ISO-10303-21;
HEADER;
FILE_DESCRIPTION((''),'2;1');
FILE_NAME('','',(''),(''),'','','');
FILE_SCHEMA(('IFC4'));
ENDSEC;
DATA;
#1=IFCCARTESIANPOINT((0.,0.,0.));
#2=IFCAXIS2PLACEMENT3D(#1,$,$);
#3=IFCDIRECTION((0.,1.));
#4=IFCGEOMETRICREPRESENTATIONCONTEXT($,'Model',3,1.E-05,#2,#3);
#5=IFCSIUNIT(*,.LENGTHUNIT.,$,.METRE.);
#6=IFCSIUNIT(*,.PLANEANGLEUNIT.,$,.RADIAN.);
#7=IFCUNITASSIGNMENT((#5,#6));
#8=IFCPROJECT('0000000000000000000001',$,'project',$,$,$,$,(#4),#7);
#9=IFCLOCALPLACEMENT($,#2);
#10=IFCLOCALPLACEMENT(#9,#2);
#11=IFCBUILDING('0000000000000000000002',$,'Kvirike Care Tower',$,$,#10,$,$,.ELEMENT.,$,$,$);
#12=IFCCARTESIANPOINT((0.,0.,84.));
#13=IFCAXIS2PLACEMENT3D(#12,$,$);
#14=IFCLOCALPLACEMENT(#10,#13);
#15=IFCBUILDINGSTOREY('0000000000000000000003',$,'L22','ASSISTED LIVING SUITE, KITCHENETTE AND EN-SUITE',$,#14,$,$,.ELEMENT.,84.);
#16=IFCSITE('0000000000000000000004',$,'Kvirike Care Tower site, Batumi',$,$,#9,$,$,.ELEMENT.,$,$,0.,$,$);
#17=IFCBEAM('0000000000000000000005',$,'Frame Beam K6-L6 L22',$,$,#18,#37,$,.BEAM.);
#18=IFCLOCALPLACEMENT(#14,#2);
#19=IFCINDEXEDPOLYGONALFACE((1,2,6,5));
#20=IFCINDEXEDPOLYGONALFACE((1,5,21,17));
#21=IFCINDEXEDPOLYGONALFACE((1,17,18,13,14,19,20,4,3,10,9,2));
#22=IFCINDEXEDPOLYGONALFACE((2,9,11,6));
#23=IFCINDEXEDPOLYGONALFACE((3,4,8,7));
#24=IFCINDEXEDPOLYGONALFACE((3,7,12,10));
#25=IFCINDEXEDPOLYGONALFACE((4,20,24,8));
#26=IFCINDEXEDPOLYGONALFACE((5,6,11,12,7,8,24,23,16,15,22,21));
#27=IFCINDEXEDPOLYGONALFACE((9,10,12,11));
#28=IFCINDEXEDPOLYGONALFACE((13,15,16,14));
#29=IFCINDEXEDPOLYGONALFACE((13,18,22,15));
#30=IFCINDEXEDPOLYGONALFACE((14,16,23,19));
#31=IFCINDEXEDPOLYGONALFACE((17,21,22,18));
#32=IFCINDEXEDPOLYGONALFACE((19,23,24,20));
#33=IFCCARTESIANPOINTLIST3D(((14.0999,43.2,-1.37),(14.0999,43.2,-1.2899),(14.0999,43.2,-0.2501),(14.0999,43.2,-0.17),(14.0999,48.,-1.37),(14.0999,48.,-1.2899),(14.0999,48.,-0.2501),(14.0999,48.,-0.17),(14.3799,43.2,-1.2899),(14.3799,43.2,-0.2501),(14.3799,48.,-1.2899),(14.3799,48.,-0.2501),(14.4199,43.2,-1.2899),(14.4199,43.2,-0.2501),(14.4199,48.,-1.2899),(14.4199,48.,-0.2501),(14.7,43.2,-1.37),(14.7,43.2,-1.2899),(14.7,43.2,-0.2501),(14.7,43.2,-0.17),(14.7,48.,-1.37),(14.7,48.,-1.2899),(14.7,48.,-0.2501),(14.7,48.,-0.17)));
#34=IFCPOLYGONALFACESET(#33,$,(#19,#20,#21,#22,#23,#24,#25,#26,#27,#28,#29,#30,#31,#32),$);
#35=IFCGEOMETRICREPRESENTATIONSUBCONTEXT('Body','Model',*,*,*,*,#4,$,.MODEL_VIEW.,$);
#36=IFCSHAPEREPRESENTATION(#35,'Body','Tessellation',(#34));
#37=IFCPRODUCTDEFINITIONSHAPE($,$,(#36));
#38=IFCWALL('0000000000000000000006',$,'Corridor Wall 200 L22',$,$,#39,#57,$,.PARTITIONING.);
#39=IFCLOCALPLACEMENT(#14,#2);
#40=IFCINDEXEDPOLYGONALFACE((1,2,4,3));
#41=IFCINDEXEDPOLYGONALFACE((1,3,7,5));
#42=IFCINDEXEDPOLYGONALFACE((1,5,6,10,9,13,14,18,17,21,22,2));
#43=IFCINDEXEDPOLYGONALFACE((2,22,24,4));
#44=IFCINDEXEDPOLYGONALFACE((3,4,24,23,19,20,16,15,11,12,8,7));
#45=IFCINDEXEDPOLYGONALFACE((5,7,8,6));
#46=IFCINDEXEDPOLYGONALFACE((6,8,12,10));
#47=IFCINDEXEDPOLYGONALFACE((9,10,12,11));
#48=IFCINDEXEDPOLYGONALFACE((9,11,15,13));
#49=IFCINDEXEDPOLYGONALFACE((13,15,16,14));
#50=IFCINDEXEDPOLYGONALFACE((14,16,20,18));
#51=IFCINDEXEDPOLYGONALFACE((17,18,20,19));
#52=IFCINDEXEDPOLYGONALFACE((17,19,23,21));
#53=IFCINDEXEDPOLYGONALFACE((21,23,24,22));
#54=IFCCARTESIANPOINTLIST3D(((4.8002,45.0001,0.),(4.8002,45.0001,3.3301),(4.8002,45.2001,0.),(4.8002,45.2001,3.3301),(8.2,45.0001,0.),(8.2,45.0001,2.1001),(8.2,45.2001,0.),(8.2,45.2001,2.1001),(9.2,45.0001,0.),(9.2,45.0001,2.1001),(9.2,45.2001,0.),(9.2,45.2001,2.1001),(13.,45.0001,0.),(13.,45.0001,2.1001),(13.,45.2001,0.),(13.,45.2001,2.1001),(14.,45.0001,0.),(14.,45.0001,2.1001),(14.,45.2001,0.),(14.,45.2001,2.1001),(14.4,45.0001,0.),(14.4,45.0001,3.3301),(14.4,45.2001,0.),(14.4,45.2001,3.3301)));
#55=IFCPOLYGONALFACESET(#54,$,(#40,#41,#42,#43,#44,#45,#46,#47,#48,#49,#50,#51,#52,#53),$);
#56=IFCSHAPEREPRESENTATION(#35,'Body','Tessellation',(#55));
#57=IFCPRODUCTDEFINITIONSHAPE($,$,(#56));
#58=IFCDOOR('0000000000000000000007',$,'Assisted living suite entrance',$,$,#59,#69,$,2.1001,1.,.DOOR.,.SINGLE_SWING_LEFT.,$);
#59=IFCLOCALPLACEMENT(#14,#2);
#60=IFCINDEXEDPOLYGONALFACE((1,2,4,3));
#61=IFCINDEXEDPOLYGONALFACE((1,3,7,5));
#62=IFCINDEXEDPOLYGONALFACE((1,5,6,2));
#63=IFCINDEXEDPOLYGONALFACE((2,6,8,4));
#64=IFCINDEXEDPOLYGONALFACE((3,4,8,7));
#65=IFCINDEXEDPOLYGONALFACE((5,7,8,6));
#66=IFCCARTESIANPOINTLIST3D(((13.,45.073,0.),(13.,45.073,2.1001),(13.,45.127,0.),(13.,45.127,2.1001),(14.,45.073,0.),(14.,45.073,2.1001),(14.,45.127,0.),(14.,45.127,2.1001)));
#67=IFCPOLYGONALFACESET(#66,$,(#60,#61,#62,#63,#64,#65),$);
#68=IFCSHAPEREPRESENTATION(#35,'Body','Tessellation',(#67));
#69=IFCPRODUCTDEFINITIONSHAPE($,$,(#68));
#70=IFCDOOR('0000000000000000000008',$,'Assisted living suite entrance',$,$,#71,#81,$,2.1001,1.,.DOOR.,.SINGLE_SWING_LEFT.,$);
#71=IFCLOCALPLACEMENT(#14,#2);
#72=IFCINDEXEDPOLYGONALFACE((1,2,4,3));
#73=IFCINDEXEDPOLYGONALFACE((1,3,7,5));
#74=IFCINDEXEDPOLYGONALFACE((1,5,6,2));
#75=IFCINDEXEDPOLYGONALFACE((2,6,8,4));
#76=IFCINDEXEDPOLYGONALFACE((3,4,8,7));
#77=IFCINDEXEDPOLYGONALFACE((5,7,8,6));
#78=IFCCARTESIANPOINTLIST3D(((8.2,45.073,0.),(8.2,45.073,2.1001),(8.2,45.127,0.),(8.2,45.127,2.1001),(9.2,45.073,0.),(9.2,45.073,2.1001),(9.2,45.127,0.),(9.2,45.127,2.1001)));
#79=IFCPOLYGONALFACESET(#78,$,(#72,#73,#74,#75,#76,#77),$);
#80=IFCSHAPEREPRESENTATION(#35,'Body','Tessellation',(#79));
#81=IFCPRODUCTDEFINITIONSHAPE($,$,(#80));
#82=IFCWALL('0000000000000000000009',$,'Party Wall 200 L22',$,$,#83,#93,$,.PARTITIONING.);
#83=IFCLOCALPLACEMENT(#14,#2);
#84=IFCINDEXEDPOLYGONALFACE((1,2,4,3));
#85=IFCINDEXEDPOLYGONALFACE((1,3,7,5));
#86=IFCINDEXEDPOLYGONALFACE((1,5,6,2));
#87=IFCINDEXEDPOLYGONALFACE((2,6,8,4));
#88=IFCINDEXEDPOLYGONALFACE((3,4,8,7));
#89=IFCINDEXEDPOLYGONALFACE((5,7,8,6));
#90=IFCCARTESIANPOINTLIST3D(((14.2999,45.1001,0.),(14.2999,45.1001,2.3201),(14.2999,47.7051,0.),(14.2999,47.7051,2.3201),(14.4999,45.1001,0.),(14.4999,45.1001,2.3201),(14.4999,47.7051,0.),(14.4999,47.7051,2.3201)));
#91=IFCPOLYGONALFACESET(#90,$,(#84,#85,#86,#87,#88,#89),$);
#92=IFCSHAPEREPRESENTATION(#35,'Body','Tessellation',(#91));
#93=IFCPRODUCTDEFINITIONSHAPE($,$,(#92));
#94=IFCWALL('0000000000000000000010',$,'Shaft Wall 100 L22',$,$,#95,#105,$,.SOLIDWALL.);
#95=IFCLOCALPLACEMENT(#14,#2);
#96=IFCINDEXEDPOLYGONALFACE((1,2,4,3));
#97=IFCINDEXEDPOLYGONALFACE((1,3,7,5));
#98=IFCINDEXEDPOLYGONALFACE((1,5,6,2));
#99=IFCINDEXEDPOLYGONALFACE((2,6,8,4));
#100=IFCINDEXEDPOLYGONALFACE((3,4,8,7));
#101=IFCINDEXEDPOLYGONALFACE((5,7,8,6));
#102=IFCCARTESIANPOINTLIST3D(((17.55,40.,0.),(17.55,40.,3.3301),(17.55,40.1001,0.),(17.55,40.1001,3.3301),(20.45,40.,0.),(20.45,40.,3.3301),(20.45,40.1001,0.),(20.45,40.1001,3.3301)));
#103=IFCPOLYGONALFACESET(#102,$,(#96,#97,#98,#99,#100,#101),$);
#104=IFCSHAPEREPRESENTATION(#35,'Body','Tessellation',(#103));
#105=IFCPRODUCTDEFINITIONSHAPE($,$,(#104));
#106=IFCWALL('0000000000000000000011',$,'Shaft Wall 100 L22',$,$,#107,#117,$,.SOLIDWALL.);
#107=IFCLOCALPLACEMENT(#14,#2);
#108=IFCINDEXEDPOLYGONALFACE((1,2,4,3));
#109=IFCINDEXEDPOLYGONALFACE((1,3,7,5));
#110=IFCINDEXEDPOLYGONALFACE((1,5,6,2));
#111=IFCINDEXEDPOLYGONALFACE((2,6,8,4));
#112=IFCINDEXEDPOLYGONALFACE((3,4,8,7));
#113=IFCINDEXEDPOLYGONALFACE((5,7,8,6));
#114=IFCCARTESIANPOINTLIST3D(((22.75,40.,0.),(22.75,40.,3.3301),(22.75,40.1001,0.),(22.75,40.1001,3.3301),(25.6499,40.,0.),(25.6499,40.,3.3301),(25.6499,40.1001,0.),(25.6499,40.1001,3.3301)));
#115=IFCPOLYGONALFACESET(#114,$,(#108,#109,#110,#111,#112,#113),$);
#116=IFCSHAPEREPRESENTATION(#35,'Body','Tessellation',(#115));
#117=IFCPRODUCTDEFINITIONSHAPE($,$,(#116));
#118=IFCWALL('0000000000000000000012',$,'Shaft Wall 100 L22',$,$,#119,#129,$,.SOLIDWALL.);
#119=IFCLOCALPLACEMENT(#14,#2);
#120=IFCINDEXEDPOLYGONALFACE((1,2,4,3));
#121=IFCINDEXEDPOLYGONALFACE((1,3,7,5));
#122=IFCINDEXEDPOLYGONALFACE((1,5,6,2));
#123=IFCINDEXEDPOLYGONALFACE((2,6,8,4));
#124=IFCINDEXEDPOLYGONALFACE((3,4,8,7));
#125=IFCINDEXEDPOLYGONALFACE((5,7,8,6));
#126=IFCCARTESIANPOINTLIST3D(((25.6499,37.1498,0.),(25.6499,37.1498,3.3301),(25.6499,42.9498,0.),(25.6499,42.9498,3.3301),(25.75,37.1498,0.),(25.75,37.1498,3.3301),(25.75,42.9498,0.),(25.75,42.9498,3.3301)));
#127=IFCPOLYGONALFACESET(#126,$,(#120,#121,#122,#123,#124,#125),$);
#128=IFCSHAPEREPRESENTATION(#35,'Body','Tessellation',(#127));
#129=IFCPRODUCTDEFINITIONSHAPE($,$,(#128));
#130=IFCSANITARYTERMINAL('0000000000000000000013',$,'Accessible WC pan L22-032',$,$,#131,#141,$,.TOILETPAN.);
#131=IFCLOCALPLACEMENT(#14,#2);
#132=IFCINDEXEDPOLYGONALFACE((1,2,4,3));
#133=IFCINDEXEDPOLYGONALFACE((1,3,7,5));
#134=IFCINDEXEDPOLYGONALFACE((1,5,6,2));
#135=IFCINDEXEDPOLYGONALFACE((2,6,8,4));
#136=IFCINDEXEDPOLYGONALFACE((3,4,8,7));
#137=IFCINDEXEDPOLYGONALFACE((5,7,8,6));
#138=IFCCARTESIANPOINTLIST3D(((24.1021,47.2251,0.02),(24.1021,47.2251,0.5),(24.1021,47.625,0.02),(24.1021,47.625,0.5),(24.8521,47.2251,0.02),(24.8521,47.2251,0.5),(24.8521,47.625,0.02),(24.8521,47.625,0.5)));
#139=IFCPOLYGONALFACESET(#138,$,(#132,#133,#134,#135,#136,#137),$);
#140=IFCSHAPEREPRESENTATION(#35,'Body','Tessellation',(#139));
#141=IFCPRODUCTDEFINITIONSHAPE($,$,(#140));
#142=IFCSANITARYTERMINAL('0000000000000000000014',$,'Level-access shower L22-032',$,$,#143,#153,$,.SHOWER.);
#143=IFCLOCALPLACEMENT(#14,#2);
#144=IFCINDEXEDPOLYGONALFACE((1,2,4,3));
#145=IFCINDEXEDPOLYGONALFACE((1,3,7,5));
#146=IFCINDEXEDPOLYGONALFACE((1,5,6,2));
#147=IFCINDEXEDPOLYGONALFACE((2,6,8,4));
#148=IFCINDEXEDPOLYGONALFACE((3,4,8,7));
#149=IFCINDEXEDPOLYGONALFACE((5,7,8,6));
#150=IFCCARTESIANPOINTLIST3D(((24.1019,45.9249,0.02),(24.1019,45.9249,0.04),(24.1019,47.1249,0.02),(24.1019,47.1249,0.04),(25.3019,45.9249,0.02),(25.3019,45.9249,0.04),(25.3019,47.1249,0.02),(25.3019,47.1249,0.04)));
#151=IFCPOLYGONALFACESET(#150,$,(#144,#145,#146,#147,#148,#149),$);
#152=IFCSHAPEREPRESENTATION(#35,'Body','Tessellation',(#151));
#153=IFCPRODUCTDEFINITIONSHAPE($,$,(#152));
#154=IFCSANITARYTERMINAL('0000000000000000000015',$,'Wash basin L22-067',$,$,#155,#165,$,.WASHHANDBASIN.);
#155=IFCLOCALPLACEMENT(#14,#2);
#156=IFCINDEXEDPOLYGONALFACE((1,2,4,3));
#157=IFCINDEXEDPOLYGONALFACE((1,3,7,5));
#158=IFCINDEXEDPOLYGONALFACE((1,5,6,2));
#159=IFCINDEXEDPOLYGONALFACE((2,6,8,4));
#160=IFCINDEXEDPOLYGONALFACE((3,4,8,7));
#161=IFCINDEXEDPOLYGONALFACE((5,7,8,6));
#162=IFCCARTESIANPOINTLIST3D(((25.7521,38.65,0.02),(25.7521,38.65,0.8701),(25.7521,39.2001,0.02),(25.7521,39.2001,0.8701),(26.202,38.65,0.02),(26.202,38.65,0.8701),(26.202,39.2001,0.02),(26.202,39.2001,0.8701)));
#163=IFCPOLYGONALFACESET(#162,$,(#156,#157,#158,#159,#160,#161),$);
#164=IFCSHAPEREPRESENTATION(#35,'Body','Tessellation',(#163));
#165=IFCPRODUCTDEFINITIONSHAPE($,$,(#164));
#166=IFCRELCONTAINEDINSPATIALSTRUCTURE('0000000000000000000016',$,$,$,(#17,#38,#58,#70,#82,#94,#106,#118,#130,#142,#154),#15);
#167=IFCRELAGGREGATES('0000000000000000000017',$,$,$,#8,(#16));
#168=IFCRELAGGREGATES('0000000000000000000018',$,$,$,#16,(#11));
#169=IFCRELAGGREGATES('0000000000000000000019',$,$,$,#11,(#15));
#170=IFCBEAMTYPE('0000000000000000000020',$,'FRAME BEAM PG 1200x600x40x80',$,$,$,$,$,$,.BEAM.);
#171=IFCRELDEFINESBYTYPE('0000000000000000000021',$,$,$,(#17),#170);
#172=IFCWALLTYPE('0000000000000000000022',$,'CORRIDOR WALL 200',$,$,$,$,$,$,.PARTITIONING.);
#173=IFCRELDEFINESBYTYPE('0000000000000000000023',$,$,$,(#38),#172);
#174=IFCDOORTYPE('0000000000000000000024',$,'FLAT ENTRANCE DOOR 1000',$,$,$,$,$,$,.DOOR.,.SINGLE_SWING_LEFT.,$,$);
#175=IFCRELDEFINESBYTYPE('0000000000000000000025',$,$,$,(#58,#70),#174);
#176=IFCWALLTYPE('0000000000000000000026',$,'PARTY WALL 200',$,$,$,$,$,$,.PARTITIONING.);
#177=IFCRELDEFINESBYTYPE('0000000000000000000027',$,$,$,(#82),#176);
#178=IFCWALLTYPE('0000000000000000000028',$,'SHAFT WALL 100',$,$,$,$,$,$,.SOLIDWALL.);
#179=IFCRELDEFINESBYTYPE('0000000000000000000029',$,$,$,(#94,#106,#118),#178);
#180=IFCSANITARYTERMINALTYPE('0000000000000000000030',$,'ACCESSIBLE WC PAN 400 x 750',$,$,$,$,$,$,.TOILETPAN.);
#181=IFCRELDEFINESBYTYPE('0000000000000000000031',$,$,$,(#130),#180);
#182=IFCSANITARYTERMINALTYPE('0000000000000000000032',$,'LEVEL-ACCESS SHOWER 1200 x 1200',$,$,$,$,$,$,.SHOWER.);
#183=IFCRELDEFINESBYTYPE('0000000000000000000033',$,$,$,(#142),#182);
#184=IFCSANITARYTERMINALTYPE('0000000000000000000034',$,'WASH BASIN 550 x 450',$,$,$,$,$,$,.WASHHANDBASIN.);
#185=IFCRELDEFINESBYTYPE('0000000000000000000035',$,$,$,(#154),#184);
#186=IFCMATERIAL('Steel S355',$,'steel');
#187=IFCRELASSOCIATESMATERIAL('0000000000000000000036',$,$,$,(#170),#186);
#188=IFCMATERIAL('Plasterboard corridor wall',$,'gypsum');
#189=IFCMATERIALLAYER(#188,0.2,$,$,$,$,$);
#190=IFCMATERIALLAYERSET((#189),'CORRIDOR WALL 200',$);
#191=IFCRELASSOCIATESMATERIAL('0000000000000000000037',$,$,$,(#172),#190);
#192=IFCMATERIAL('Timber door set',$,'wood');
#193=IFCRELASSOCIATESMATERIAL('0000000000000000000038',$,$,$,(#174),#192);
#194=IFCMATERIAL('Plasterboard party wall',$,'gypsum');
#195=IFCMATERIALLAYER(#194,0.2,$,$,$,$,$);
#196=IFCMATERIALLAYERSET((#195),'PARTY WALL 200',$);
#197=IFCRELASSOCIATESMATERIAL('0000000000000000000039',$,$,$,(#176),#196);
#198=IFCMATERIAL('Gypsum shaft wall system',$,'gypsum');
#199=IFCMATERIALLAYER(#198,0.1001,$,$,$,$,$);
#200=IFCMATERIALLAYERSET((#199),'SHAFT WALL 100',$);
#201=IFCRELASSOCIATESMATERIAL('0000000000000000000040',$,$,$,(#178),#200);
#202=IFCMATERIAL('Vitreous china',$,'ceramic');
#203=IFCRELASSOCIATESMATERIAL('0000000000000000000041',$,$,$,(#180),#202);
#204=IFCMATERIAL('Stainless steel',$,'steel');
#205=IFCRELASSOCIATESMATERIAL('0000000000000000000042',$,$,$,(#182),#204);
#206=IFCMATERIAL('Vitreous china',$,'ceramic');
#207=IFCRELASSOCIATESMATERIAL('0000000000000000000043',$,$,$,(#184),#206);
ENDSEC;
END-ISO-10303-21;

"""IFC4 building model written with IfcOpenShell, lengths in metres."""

from ifc_helpers import new_model, si_unit, direction, frame, frame_2d, origin, origin_2d, place, context, subcontext, project, spatial, rectangle, i_section, extrude, material, layer, layer_set, material_profile, profile_set, type_object, element, fill, save


model = new_model("IFC4")

# Units and contexts
model_context = context("Model", 3, precision=1e-05, world=origin(), true_north=direction((0.0, 1.0)))
body_context = subcontext(model_context, "Body", "Model", "MODEL_VIEW")
ifc_project = project(units=[si_unit("LENGTHUNIT", "METRE"), si_unit("PLANEANGLEUNIT", "RADIAN")], contexts=[model_context])

# Site, building, storey
site_placement = place(None, origin())
site = spatial("IfcSite", under=ifc_project, at=site_placement, Name="Kvirike Care Tower site, Batumi", CompositionType="ELEMENT", RefElevation=0.0)
building_placement = place(site_placement, origin())
building = spatial("IfcBuilding", under=site, at=building_placement, Name="Kvirike Care Tower", CompositionType="ELEMENT")
storey_placement = place(building_placement, frame((0.0, 0.0, 84.0)))
storey = spatial("IfcBuildingStorey", under=building, at=storey_placement, Name="L22", Description="ASSISTED LIVING SUITE, KITCHENETTE AND EN-SUITE", CompositionType="ELEMENT", Elevation=84.0)

# Beam
ifc_material_1 = material(Name="Steel S355", Category="steel")
ifc_material_profile = material_profile(ifc_material_1, i_section(OverallWidth=0.6001, OverallDepth=1.2, WebThickness=0.04, FlangeThickness=0.0801, at=origin_2d()), Name="PG 1200x600x40x80")
ifc_profile_set = profile_set([ifc_material_profile], Name="Steel S355")
beam_type = type_object("IfcBeamType", Name="FRAME BEAM PG 1200x600x40x80", PredefinedType="BEAM", material=ifc_profile_set)
beam_placement = place(storey_placement, frame((14.3999, 43.2, -0.77), z_axis=(0.0, 1.0, 0.0), x_axis=(-1.0, 0.0, 0.0)))
element("IfcBeam", 1, at=beam_placement, inside=storey, type_object=beam_type, Name="Frame Beam K6-L6 L22", PredefinedType="BEAM", context=body_context, shape_type="SweptSolid", body=[
    extrude(i_section(OverallWidth=0.6001, OverallDepth=1.2, WebThickness=0.04, FlangeThickness=0.0801, at=origin_2d()), origin(), (0.0, 0.0, 1.0), 4.8),
])

# Wall, openings, doors
ifc_material_2 = material(Name="Plasterboard corridor wall", Category="gypsum")
ifc_layer_1 = layer(ifc_material_2, 0.2)
ifc_layer_set_1 = layer_set([ifc_layer_1], Name="CORRIDOR WALL 200")
wall_type_1 = type_object("IfcWallType", Name="CORRIDOR WALL 200", PredefinedType="PARTITIONING", material=ifc_layer_set_1)
wall_1_placement = place(storey_placement, frame((14.3999, 45.1001, 0.0), z_axis=(0.0, 0.0, 1.0), x_axis=(-1.0, 0.0, 0.0)))
wall_1 = element("IfcWall", 2, at=wall_1_placement, inside=storey, type_object=wall_type_1, Name="Corridor Wall 200 L22", PredefinedType="PARTITIONING", context=body_context, shape_type="SweptSolid", body=[
    extrude(rectangle(XDim=9.5999, YDim=0.2, at=frame_2d((4.7998, 0.0))), origin(), (0.0, 0.0, 1.0), 3.3301),
])
opening_1_placement = place(wall_1_placement, frame((0.3999, 0.0, 0.0)))
opening_1 = element("IfcOpeningElement", 3, at=opening_1_placement, cuts=wall_1, PredefinedType="OPENING", context=body_context, shape_type="SweptSolid", body=[
    extrude(rectangle(XDim=1.0, YDim=2.1001, at=frame_2d((0.5, 1.05))), frame((0.0, 0.1106, 0.0), z_axis=(0.0, -1.0, 0.0), x_axis=(1.0, 0.0, 0.0)), (0.0, 0.0, 1.0), 0.2209),
])
opening_2_placement = place(wall_1_placement, frame((5.2, 0.0, 0.0)))
opening_2 = element("IfcOpeningElement", 4, at=opening_2_placement, cuts=wall_1, PredefinedType="OPENING", context=body_context, shape_type="SweptSolid", body=[
    extrude(rectangle(XDim=1.0, YDim=2.1001, at=frame_2d((0.5, 1.05))), frame((0.0, 0.1106, 0.0), z_axis=(0.0, -1.0, 0.0), x_axis=(1.0, 0.0, 0.0)), (0.0, 0.0, 1.0), 0.2209),
])
ifc_material_3 = material(Name="Timber door set", Category="wood")
door_type = type_object("IfcDoorType", Name="FLAT ENTRANCE DOOR 1000", OperationType="SINGLE_SWING_LEFT", PredefinedType="DOOR", material=ifc_material_3)
door_1_placement = place(opening_1_placement, frame((1.0, 0.0, 0.0), z_axis=(0.0, 0.0, 1.0), x_axis=(-1.0, 0.0, 0.0)))
door_1 = element("IfcDoor", 5, at=door_1_placement, inside=storey, type_object=door_type, Name="Assisted living suite entrance", OperationType="SINGLE_SWING_LEFT", OverallHeight=2.1001, OverallWidth=1.0, PredefinedType="DOOR", context=body_context, shape_type="SweptSolid", body=[
    extrude(rectangle(XDim=1.0, YDim=2.1001, at=frame_2d((0.5, 1.05))), frame((0.0, 0.0269, 0.0), z_axis=(0.0, -1.0, 0.0), x_axis=(1.0, 0.0, 0.0)), (0.0, 0.0, 1.0), 0.054),
])
fill(opening_1, door_1)
door_2_placement = place(opening_2_placement, frame((1.0, 0.0, 0.0), z_axis=(0.0, 0.0, 1.0), x_axis=(-1.0, 0.0, 0.0)))
door_2 = element("IfcDoor", 6, at=door_2_placement, inside=storey, type_object=door_type, Name="Assisted living suite entrance", OperationType="SINGLE_SWING_LEFT", OverallHeight=2.1001, OverallWidth=1.0, PredefinedType="DOOR", context=body_context, shape_type="SweptSolid", body=[
    extrude(rectangle(XDim=1.0, YDim=2.1001, at=frame_2d((0.5, 1.05))), frame((0.0, 0.0269, 0.0), z_axis=(0.0, -1.0, 0.0), x_axis=(1.0, 0.0, 0.0)), (0.0, 0.0, 1.0), 0.054),
])
fill(opening_2, door_2)

# Walls
ifc_material_4 = material(Name="Plasterboard party wall", Category="gypsum")
ifc_layer_2 = layer(ifc_material_4, 0.2)
ifc_layer_set_2 = layer_set([ifc_layer_2], Name="PARTY WALL 200")
wall_type_2 = type_object("IfcWallType", Name="PARTY WALL 200", PredefinedType="PARTITIONING", material=ifc_layer_set_2)
wall_2_placement = place(storey_placement, frame((14.3999, 45.1001, 0.0), z_axis=(0.0, 0.0, 1.0), x_axis=(0.0, 1.0, 0.0)))
element("IfcWall", 7, at=wall_2_placement, inside=storey, type_object=wall_type_2, Name="Party Wall 200 L22", PredefinedType="PARTITIONING", context=body_context, shape_type="SweptSolid", body=[
    extrude(rectangle(XDim=2.605, YDim=0.2, at=frame_2d((1.3025, 0.0))), origin(), (0.0, 0.0, 1.0), 2.3201),
])
ifc_material_5 = material(Name="Gypsum shaft wall system", Category="gypsum")
ifc_layer_3 = layer(ifc_material_5, 0.1001)
ifc_layer_set_3 = layer_set([ifc_layer_3], Name="SHAFT WALL 100")
wall_type_3 = type_object("IfcWallType", Name="SHAFT WALL 100", PredefinedType="SOLIDWALL", material=ifc_layer_set_3)
for number, where, z_axis, x_axis, name in (
    (8, (17.55, 40.05, 0.0), (0.0, 0.0, 1.0), (1.0, 0.0, 0.0), "Shaft Wall 100 L22"),
    (9, (22.75, 40.05, 0.0), (0.0, 0.0, 1.0), (1.0, 0.0, 0.0), "Shaft Wall 100 L22"),
):
    element("IfcWall", number, at=place(storey_placement, frame(where, z_axis=z_axis, x_axis=x_axis)), inside=storey, type_object=wall_type_3, Name=name, PredefinedType="SOLIDWALL", context=body_context, shape_type="SweptSolid", body=[
        extrude(rectangle(XDim=2.8999, YDim=0.1001, at=frame_2d((1.45, 0.0))), origin(), (0.0, 0.0, 1.0), 3.3301),
    ])
wall_3_placement = place(storey_placement, frame((25.7, 37.1499, 0.0), z_axis=(0.0, 0.0, 1.0), x_axis=(0.0, 1.0, 0.0)))
element("IfcWall", 10, at=wall_3_placement, inside=storey, type_object=wall_type_3, Name="Shaft Wall 100 L22", PredefinedType="SOLIDWALL", context=body_context, shape_type="SweptSolid", body=[
    extrude(rectangle(XDim=5.8, YDim=0.1001, at=frame_2d((2.8999, 0.0))), origin(), (0.0, 0.0, 1.0), 3.3301),
])

# Sanitary terminals
ifc_material_6 = material(Name="Vitreous china", Category="ceramic")
sanitary_terminal_type_1 = type_object("IfcSanitaryTerminalType", Name="ACCESSIBLE WC PAN 400 x 750", PredefinedType="TOILETPAN", material=ifc_material_6)
sanitary_terminal_1_placement = place(storey_placement, frame((24.4771, 47.425, 0.02), z_axis=(0.0, 0.0, 1.0), x_axis=(0.0, 1.0, 0.0)))
element("IfcSanitaryTerminal", 11, at=sanitary_terminal_1_placement, inside=storey, type_object=sanitary_terminal_type_1, Name="Accessible WC pan L22-032", PredefinedType="TOILETPAN", context=body_context, shape_type="SweptSolid", body=[
    extrude(rectangle(XDim=0.3999, YDim=0.75, at=origin_2d()), origin(), (0.0, 0.0, 1.0), 0.48),
])
ifc_material_7 = material(Name="Stainless steel", Category="steel")
sanitary_terminal_type_2 = type_object("IfcSanitaryTerminalType", Name="LEVEL-ACCESS SHOWER 1200 x 1200", PredefinedType="SHOWER", material=ifc_material_7)
sanitary_terminal_2_placement = place(storey_placement, frame((24.7019, 46.5249, 0.02), z_axis=(0.0, 0.0, 1.0), x_axis=(0.0, 1.0, 0.0)))
element("IfcSanitaryTerminal", 12, at=sanitary_terminal_2_placement, inside=storey, type_object=sanitary_terminal_type_2, Name="Level-access shower L22-032", PredefinedType="SHOWER", context=body_context, shape_type="SweptSolid", body=[
    extrude(rectangle(XDim=1.2, YDim=1.2, at=origin_2d()), origin(), (0.0, 0.0, 1.0), 0.02),
])
ifc_material_8 = material(Name="Vitreous china", Category="ceramic")
sanitary_terminal_type_3 = type_object("IfcSanitaryTerminalType", Name="WASH BASIN 550 x 450", PredefinedType="WASHHANDBASIN", material=ifc_material_8)
sanitary_terminal_3_placement = place(storey_placement, frame((25.9771, 38.925, 0.02), z_axis=(0.0, 0.0, 1.0), x_axis=(0.0, 1.0, 0.0)))
element("IfcSanitaryTerminal", 13, at=sanitary_terminal_3_placement, inside=storey, type_object=sanitary_terminal_type_3, Name="Wash basin L22-067", PredefinedType="WASHHANDBASIN", context=body_context, shape_type="SweptSolid", body=[
    extrude(rectangle(XDim=0.55, YDim=0.45, at=origin_2d()), origin(), (0.0, 0.0, 1.0), 0.8501),
])

save(model, "model.ifc")
